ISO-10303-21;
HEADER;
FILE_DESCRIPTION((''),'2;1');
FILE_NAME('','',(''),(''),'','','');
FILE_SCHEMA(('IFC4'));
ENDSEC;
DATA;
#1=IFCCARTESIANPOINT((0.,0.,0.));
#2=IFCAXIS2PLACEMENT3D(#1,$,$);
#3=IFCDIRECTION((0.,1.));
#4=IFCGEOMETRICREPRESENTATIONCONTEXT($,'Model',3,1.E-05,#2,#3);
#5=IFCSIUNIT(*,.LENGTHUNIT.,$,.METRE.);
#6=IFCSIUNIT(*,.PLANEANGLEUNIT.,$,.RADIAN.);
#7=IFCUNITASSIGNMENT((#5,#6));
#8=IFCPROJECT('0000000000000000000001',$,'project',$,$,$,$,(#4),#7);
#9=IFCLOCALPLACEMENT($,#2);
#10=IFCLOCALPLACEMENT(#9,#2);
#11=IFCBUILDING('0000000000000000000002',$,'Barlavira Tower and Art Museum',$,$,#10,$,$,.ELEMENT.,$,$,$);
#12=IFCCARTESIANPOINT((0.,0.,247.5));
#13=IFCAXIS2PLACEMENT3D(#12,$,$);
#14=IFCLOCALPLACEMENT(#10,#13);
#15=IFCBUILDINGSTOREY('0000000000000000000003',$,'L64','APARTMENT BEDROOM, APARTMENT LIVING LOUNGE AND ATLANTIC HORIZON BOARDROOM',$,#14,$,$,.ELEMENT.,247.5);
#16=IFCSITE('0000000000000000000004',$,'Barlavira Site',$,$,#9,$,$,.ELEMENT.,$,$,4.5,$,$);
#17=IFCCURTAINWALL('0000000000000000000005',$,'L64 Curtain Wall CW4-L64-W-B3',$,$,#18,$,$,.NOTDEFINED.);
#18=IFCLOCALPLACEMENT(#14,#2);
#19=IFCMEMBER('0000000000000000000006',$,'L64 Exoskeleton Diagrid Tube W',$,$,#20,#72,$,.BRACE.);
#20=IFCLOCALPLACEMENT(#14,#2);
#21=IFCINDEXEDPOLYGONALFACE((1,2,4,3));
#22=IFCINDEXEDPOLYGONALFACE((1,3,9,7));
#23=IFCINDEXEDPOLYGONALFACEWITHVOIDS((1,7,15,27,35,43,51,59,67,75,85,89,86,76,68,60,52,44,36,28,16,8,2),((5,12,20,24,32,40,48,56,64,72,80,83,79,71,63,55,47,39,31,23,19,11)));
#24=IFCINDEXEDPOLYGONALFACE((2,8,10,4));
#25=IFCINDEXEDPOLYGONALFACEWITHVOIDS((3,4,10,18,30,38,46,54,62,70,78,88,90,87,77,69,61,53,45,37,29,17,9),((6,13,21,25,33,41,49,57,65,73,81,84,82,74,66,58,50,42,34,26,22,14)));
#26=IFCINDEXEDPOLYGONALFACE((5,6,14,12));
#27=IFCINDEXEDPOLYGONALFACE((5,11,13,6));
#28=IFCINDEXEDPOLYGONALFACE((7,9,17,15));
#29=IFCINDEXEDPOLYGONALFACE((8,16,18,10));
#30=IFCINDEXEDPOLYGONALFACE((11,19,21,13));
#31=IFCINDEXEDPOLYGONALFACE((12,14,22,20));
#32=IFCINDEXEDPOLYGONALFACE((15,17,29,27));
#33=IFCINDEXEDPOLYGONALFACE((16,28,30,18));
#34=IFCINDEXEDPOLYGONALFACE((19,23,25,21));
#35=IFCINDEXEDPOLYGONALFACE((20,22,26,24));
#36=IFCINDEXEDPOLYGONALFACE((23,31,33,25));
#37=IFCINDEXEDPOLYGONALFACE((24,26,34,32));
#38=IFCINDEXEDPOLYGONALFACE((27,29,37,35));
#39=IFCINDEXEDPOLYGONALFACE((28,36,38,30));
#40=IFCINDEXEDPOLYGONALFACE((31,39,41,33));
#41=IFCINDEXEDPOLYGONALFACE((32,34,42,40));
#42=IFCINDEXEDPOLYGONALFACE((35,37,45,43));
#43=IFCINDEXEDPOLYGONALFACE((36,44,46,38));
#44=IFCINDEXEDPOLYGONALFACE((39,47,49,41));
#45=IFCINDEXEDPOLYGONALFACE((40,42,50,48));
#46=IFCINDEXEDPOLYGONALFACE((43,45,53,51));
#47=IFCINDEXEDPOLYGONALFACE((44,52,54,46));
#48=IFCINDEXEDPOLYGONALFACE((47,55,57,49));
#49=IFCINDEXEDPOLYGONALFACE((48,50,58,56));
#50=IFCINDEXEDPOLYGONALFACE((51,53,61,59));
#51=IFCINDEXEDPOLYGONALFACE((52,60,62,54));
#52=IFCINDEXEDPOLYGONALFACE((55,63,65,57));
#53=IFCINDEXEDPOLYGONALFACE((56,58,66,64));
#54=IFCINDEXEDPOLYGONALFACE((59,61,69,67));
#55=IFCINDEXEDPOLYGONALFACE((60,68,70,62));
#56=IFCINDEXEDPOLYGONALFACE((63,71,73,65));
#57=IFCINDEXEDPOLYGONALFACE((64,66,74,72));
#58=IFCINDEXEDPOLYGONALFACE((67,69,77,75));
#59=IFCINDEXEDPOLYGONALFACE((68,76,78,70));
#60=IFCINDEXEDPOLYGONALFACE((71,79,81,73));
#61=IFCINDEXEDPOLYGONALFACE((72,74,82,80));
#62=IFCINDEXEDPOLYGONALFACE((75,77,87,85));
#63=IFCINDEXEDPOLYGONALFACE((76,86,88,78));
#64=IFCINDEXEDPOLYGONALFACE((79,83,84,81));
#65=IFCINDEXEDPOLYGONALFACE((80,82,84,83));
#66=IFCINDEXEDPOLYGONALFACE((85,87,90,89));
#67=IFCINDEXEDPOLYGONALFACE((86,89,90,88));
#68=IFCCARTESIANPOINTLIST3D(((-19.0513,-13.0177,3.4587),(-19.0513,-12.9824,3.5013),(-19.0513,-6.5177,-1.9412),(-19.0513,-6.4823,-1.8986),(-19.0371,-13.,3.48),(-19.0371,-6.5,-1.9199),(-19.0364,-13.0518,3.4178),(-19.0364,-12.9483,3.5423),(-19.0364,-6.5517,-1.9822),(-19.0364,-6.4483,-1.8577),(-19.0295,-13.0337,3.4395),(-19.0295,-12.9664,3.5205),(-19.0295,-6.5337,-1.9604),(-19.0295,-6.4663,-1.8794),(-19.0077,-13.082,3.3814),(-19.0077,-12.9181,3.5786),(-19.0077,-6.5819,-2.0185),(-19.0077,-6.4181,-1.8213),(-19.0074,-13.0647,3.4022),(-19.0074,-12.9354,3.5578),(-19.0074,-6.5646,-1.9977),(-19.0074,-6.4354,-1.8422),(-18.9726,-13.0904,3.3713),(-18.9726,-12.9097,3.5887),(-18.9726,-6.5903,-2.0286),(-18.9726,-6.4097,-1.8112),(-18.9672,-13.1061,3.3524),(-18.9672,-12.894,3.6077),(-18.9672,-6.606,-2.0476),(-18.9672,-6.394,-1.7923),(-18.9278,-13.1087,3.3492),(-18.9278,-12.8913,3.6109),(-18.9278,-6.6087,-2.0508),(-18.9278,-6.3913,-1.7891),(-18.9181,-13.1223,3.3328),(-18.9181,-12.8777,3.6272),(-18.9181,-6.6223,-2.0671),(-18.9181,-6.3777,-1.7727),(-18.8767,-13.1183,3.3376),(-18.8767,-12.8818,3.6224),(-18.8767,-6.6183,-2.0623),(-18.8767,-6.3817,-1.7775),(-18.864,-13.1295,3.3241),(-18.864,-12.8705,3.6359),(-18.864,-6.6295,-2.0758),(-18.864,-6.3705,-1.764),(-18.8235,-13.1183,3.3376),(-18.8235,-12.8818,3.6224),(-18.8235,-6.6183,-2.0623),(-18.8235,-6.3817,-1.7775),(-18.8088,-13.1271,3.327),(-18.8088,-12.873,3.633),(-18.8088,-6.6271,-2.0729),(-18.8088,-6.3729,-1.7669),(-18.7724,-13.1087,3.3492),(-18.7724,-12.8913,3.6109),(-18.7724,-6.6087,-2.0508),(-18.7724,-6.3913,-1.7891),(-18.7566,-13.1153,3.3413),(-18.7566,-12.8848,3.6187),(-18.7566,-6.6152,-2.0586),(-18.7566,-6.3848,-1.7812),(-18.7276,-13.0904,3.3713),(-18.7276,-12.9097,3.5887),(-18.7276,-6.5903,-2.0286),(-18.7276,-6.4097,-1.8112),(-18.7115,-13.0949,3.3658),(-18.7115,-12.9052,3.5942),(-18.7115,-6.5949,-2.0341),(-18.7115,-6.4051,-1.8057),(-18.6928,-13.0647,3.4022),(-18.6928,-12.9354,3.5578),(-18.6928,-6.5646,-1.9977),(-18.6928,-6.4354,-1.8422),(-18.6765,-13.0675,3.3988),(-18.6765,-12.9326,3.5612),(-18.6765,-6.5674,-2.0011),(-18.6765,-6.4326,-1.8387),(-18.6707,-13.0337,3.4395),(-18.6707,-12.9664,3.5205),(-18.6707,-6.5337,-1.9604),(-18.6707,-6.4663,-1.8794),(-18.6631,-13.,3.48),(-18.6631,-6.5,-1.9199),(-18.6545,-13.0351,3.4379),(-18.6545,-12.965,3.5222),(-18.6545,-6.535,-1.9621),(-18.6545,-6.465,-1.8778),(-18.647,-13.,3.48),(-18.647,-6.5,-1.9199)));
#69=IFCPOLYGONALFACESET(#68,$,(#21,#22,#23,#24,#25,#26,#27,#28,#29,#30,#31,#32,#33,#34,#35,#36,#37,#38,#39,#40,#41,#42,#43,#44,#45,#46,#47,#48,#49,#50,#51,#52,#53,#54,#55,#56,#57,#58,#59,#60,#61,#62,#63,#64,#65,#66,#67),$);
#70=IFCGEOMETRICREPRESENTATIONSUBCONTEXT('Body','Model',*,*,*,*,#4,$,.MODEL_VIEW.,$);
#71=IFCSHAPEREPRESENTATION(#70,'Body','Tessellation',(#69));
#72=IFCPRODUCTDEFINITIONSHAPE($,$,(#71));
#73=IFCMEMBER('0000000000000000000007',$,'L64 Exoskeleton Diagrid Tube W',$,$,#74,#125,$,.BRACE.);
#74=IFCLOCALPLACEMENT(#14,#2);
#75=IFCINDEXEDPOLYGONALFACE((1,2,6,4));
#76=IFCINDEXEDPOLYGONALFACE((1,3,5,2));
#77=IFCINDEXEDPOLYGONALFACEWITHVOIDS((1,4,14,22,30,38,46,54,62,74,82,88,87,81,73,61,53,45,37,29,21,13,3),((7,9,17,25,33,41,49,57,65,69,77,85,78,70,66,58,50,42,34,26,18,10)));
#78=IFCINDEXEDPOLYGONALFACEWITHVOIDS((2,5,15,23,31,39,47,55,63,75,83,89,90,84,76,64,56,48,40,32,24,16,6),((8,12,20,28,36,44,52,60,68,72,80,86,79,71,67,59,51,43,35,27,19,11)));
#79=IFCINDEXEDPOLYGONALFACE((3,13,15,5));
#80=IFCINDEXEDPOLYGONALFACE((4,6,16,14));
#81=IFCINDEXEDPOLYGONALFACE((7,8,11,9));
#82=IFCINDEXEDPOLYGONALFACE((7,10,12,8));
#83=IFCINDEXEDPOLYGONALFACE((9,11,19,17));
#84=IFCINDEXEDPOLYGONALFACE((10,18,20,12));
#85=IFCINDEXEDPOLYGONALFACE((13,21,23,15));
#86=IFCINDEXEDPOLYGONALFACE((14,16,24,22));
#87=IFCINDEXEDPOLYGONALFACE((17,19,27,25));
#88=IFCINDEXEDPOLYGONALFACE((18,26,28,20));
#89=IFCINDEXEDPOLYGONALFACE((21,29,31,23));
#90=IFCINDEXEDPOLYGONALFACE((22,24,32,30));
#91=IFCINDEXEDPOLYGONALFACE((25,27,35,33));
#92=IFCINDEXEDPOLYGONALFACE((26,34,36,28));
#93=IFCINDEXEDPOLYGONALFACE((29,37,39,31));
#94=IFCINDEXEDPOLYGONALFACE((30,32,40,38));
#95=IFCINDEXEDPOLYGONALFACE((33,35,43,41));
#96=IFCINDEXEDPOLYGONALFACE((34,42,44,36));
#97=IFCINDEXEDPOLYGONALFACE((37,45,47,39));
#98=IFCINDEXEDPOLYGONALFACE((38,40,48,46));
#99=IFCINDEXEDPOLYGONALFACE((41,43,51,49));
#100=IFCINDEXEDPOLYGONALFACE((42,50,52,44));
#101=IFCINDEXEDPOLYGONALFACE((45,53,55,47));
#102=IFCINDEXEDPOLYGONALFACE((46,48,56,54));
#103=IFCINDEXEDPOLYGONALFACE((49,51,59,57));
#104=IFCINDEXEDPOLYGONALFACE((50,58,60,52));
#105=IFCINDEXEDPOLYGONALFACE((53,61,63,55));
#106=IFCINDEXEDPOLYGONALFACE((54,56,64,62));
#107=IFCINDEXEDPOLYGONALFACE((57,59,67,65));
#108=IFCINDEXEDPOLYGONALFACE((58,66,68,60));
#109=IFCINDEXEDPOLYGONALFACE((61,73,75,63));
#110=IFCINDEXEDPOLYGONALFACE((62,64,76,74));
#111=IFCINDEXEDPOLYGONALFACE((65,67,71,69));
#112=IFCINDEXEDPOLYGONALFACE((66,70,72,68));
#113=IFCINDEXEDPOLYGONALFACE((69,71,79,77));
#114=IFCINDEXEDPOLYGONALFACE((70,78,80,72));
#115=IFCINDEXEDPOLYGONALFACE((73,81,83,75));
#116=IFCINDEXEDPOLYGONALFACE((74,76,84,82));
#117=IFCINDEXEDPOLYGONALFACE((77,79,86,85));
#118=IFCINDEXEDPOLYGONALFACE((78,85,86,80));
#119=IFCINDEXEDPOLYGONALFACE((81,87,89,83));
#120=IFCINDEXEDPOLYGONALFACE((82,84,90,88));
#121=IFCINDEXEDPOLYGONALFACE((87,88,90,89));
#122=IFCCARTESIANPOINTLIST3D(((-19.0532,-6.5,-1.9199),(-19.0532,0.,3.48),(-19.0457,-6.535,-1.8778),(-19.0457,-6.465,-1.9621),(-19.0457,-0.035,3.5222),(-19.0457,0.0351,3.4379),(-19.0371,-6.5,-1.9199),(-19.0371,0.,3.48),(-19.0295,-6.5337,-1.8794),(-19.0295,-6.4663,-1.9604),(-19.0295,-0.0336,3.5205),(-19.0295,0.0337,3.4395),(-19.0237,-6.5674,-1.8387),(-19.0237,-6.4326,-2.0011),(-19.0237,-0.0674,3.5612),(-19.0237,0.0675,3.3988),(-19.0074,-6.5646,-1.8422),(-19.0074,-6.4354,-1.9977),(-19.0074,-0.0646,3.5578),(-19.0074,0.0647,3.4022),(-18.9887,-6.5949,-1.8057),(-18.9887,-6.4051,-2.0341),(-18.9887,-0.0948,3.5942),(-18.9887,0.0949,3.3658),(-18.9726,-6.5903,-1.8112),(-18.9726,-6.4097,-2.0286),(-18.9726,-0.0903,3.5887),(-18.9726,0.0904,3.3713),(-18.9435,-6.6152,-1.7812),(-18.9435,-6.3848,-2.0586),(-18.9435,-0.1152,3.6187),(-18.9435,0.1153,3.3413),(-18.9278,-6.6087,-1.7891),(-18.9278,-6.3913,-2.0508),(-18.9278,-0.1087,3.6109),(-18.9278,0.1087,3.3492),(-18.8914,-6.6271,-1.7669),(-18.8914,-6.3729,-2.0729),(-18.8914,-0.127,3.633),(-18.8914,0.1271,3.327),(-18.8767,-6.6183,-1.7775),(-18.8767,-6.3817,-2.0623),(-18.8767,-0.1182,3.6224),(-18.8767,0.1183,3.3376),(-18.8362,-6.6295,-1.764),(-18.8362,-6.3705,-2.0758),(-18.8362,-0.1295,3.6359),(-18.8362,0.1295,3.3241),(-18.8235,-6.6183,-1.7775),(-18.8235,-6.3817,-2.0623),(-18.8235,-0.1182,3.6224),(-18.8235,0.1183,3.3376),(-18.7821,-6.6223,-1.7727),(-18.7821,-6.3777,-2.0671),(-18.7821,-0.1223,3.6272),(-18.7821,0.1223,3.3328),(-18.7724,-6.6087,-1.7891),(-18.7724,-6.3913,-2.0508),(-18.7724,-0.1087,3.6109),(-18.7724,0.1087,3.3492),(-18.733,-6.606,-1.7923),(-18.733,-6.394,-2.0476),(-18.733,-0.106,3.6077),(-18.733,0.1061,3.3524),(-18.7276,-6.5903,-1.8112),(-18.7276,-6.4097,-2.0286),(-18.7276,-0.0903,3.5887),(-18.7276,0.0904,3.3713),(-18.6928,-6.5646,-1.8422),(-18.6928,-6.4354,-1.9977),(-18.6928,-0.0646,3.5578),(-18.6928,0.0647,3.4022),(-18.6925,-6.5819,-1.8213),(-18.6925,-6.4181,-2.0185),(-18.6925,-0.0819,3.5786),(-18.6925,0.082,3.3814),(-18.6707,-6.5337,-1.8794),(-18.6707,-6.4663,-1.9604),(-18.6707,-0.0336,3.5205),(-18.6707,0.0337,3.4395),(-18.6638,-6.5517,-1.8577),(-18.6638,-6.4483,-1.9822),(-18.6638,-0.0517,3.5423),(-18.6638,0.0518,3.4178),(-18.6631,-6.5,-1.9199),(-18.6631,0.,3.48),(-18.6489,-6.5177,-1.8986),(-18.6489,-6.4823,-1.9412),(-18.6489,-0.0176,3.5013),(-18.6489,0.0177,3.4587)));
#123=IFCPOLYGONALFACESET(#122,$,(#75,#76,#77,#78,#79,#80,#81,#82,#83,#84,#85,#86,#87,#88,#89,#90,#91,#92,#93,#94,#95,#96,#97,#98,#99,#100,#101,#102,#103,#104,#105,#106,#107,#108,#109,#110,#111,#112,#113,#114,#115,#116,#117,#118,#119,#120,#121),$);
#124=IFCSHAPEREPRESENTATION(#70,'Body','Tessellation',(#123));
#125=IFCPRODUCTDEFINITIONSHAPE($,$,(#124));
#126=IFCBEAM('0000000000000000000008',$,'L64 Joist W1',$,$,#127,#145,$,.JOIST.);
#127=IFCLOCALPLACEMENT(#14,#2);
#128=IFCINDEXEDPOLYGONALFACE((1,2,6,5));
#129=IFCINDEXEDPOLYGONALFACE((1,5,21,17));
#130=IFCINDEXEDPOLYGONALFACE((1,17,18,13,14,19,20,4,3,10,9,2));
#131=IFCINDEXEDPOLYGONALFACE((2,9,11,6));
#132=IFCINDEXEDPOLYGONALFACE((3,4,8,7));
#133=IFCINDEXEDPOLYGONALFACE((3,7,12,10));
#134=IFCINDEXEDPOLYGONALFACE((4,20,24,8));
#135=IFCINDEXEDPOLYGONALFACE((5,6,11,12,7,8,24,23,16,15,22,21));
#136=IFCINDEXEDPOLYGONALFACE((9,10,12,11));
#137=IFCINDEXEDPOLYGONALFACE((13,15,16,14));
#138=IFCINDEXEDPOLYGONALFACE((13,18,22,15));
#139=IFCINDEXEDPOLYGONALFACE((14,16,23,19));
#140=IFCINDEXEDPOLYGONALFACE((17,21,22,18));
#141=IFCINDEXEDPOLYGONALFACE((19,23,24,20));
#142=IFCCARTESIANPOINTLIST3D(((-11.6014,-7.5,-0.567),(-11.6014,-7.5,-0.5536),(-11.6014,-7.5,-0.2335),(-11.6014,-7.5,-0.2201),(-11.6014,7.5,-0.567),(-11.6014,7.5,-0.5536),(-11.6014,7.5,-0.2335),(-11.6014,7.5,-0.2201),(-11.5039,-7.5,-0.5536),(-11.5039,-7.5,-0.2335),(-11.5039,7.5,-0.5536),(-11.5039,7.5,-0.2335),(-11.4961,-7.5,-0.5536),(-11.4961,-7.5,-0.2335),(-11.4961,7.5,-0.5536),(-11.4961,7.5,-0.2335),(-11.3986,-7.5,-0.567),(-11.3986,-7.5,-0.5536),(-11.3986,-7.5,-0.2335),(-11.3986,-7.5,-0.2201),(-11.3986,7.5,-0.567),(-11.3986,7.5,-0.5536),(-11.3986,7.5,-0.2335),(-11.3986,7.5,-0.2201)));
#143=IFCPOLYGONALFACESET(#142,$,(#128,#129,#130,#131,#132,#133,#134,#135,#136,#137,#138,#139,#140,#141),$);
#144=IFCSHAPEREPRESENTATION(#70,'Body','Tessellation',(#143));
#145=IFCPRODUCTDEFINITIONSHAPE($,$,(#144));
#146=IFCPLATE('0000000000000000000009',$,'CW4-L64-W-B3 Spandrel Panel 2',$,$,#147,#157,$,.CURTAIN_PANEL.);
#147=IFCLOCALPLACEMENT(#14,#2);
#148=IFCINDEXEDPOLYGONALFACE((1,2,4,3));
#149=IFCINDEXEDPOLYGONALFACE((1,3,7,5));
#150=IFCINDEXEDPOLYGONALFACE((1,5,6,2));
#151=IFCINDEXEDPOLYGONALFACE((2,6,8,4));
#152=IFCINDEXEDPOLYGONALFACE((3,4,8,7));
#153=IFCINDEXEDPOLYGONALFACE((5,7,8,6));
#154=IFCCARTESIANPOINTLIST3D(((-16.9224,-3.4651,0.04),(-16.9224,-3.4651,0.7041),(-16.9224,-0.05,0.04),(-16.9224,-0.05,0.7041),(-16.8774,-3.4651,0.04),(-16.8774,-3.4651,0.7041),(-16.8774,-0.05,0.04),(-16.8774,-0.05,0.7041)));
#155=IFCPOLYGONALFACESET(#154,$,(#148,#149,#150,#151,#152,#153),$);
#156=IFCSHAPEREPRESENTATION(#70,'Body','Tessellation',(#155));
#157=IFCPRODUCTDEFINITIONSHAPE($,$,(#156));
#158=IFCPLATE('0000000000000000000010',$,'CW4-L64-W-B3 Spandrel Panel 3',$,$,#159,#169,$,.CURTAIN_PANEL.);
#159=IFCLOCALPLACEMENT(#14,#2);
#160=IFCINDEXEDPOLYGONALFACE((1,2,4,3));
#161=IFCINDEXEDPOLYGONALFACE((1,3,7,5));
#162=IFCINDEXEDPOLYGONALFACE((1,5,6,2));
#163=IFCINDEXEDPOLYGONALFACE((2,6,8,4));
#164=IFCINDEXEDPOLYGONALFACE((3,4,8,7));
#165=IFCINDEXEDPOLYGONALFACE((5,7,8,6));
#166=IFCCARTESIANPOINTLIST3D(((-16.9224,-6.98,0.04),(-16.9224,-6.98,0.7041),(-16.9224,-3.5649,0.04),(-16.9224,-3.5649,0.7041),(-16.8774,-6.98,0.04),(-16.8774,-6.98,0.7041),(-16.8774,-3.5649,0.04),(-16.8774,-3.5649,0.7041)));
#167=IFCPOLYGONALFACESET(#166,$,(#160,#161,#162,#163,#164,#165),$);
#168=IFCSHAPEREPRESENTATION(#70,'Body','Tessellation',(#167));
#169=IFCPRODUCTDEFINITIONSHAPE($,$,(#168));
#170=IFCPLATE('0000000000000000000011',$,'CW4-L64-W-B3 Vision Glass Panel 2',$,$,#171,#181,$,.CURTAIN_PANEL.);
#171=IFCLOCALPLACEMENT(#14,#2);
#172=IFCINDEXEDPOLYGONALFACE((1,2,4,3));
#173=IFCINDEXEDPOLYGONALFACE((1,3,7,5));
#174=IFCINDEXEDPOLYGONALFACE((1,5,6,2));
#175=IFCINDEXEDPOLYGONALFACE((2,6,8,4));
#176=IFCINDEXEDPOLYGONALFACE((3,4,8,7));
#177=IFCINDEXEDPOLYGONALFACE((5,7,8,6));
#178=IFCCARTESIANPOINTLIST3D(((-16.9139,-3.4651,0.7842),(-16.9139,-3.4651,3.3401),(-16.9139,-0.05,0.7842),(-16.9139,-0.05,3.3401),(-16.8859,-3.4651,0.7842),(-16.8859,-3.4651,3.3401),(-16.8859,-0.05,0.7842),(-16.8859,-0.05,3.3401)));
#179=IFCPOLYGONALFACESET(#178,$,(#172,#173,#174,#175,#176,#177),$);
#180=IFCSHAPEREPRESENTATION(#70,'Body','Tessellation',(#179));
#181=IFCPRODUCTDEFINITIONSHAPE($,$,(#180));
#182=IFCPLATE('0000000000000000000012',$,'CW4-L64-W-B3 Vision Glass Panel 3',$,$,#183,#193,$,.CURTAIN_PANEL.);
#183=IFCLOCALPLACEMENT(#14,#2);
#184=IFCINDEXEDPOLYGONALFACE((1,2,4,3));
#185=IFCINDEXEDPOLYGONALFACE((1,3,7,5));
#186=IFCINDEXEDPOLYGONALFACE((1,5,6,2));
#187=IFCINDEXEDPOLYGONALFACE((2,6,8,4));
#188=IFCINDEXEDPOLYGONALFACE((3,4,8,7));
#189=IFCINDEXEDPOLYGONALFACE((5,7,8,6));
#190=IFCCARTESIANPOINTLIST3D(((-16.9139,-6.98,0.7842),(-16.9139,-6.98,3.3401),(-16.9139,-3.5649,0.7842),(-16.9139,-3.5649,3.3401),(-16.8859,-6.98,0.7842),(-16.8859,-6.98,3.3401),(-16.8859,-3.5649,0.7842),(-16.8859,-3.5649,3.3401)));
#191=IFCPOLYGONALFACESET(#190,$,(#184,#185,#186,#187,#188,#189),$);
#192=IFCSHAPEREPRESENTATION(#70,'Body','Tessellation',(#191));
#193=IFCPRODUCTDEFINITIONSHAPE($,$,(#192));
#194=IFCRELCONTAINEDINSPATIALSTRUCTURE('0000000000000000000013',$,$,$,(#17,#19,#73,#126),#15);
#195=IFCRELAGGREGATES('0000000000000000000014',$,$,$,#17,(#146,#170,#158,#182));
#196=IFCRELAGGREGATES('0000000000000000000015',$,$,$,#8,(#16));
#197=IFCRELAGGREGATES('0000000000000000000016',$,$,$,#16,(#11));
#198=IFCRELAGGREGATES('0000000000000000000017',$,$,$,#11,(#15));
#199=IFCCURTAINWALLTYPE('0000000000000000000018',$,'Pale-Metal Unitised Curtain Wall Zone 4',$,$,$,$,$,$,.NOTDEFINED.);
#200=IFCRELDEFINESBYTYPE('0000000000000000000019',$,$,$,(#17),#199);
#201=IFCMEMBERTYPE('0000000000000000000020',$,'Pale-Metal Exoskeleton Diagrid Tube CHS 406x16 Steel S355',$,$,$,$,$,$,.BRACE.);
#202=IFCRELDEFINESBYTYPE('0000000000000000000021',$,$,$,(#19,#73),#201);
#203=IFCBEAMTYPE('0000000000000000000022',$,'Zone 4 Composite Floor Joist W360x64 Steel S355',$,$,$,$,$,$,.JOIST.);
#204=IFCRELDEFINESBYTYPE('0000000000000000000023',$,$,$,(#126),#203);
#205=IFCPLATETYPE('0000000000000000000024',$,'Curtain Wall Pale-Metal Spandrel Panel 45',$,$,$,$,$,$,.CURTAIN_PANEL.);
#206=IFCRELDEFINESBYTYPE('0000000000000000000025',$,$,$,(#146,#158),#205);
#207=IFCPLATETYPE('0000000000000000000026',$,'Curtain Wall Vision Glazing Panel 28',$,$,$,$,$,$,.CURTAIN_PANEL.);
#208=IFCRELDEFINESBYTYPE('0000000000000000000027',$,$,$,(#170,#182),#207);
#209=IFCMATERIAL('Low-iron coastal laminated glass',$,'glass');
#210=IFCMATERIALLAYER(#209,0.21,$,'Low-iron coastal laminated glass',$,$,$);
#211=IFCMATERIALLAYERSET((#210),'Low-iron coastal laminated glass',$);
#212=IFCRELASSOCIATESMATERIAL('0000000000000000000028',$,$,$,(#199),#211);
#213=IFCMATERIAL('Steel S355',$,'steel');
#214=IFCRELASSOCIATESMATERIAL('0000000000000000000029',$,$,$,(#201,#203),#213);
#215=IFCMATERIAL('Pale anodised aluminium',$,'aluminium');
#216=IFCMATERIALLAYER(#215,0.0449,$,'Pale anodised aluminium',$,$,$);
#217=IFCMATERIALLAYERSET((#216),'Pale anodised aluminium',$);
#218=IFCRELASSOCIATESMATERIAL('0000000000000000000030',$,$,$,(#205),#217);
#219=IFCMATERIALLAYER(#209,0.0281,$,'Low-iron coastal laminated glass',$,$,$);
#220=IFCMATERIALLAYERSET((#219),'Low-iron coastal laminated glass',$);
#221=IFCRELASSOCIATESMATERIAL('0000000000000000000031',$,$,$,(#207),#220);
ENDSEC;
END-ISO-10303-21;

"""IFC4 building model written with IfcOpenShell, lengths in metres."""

from ifc_helpers import new_model, si_unit, direction, frame, origin, origin_2d, place, context, subcontext, project, spatial, rectangle, hollow_circle, i_section, extrude, material, layer, layer_set, material_profile, profile_set, type_object, element, aggregate, save


model = new_model("IFC4")

# Units and contexts
model_context = context("Model", 3, precision=1e-05, world=origin(), true_north=direction((0.0, 1.0)))
body_context = subcontext(model_context, "Body", "Model", "MODEL_VIEW")
ifc_project = project(units=[si_unit("LENGTHUNIT", "METRE"), si_unit("PLANEANGLEUNIT", "RADIAN")], contexts=[model_context])

# Site, building, storey
site_placement = place(None, origin())
site = spatial("IfcSite", under=ifc_project, at=site_placement, Name="Barlavira Site", CompositionType="ELEMENT", RefElevation=4.5)
building_placement = place(site_placement, origin())
building = spatial("IfcBuilding", under=site, at=building_placement, Name="Barlavira Tower and Art Museum", CompositionType="ELEMENT")
storey_placement = place(building_placement, frame((0.0, 0.0, 247.5)))
storey = spatial("IfcBuildingStorey", under=building, at=storey_placement, Name="L64", Description="APARTMENT BEDROOM, APARTMENT LIVING LOUNGE AND ATLANTIC HORIZON BOARDROOM", CompositionType="ELEMENT", Elevation=247.5)

# Curtain wall
ifc_material_1 = material(Name="Low-iron coastal laminated glass", Category="glass")
ifc_layer_1 = layer(ifc_material_1, 0.21, Name="Low-iron coastal laminated glass")
ifc_layer_set_1 = layer_set([ifc_layer_1], Name="Low-iron coastal laminated glass")
curtain_wall_type = type_object("IfcCurtainWallType", Name="Pale-Metal Unitised Curtain Wall Zone 4", PredefinedType="NOTDEFINED", material=ifc_layer_set_1)
curtain_wall_placement = place(storey_placement, origin())
curtain_wall = element("IfcCurtainWall", 1, at=curtain_wall_placement, inside=storey, type_object=curtain_wall_type, Name="L64 Curtain Wall CW4-L64-W-B3", PredefinedType="NOTDEFINED")
ifc_material_2 = material(Name="Pale anodised aluminium", Category="aluminium")

# Members
ifc_material_3 = material(Name="Steel S355", Category="steel")
ifc_material_profile_1 = material_profile(ifc_material_3, hollow_circle(Radius=0.2031, WallThickness=0.0161, at=origin_2d()), Name="CHS 406.4x16.0")
ifc_profile_set_1 = profile_set([ifc_material_profile_1], Name="Steel S355")
member_type_1 = type_object("IfcMemberType", Name="Pale-Metal Exoskeleton Diagrid Tube CHS 406x16 Steel S355", PredefinedType="BRACE", material=ifc_profile_set_1)
for number, where, z_axis, x_axis, name in (
    (2, (-18.8501, -6.5, -1.9199), (0.0, -0.769196, 0.639013), (1.0, 0.0, 0.0), "L64 Exoskeleton Diagrid Tube W"),
    (3, (-18.8501, -6.5, -1.9199), (0.0, 0.769196, 0.639013), (-1.0, 0.0, 0.0), "L64 Exoskeleton Diagrid Tube W"),
):
    element("IfcMember", number, at=place(storey_placement, frame(where, z_axis=z_axis, x_axis=x_axis)), inside=storey, type_object=member_type_1, Name=name, PredefinedType="BRACE", context=body_context, shape_type="SweptSolid", body=[
        extrude(hollow_circle(Radius=0.2031, WallThickness=0.0161, at=origin_2d()), origin(), (0.0, 0.0, 1.0), 8.4504),
    ])

# Beam
ifc_material_profile_2 = material_profile(ifc_material_3, i_section(OverallWidth=0.2029, OverallDepth=0.3469, WebThickness=0.0078, FlangeThickness=0.0134, at=origin_2d()), Name="W360x64.0")
ifc_profile_set_2 = profile_set([ifc_material_profile_2], Name="Steel S355")
beam_type = type_object("IfcBeamType", Name="Zone 4 Composite Floor Joist W360x64 Steel S355", PredefinedType="JOIST", material=ifc_profile_set_2)
beam_placement = place(storey_placement, frame((-11.5, -7.5, -0.3936), z_axis=(0.0, 1.0, 0.0), x_axis=(-1.0, 0.0, 0.0)))
element("IfcBeam", 4, at=beam_placement, inside=storey, type_object=beam_type, Name="L64 Joist W1", PredefinedType="JOIST", context=body_context, shape_type="SweptSolid", body=[
    extrude(i_section(OverallWidth=0.2029, OverallDepth=0.3469, WebThickness=0.0078, FlangeThickness=0.0134, at=origin_2d()), origin(), (0.0, 0.0, 1.0), 15.0),
])

# Plates
ifc_layer_2 = layer(ifc_material_2, 0.0449, Name="Pale anodised aluminium")
ifc_layer_set_2 = layer_set([ifc_layer_2], Name="Pale anodised aluminium")
plate_type_1 = type_object("IfcPlateType", Name="Curtain Wall Pale-Metal Spandrel Panel 45", PredefinedType="CURTAIN_PANEL", material=ifc_layer_set_2)
plate_1_placement = place(storey_placement, frame((-16.8999, -1.7576, 0.04), z_axis=(0.0, 0.0, 1.0), x_axis=(0.0, -1.0, 0.0)))
plate_1 = element("IfcPlate", 5, at=plate_1_placement, type_object=plate_type_1, Name="CW4-L64-W-B3 Spandrel Panel 2", PredefinedType="CURTAIN_PANEL", context=body_context, shape_type="SweptSolid", body=[
    extrude(rectangle(XDim=3.415, YDim=0.0449, at=origin_2d()), origin(), (0.0, 0.0, 1.0), 0.6641),
])
plate_2_placement = place(storey_placement, frame((-16.8999, -5.2725, 0.04), z_axis=(0.0, 0.0, 1.0), x_axis=(0.0, -1.0, 0.0)))
plate_2 = element("IfcPlate", 6, at=plate_2_placement, type_object=plate_type_1, Name="CW4-L64-W-B3 Spandrel Panel 3", PredefinedType="CURTAIN_PANEL", context=body_context, shape_type="SweptSolid", body=[
    extrude(rectangle(XDim=3.415, YDim=0.0449, at=origin_2d()), origin(), (0.0, 0.0, 1.0), 0.6641),
])
ifc_layer_3 = layer(ifc_material_1, 0.0281, Name="Low-iron coastal laminated glass")
ifc_layer_set_3 = layer_set([ifc_layer_3], Name="Low-iron coastal laminated glass")
plate_type_2 = type_object("IfcPlateType", Name="Curtain Wall Vision Glazing Panel 28", PredefinedType="CURTAIN_PANEL", material=ifc_layer_set_3)
plate_3_placement = place(storey_placement, frame((-16.8999, -1.7576, 0.7842), z_axis=(0.0, 0.0, 1.0), x_axis=(0.0, -1.0, 0.0)))
plate_3 = element("IfcPlate", 7, at=plate_3_placement, type_object=plate_type_2, Name="CW4-L64-W-B3 Vision Glass Panel 2", PredefinedType="CURTAIN_PANEL", context=body_context, shape_type="SweptSolid", body=[
    extrude(rectangle(XDim=3.415, YDim=0.0281, at=origin_2d()), origin(), (0.0, 0.0, 1.0), 2.5559),
])
plate_4_placement = place(storey_placement, frame((-16.8999, -5.2725, 0.7842), z_axis=(0.0, 0.0, 1.0), x_axis=(0.0, -1.0, 0.0)))
plate_4 = element("IfcPlate", 8, at=plate_4_placement, type_object=plate_type_2, Name="CW4-L64-W-B3 Vision Glass Panel 3", PredefinedType="CURTAIN_PANEL", context=body_context, shape_type="SweptSolid", body=[
    extrude(rectangle(XDim=3.415, YDim=0.0281, at=origin_2d()), origin(), (0.0, 0.0, 1.0), 2.5559),
])
aggregate(curtain_wall, [plate_1, plate_3, plate_2, plate_4])

save(model, "model.ifc")
